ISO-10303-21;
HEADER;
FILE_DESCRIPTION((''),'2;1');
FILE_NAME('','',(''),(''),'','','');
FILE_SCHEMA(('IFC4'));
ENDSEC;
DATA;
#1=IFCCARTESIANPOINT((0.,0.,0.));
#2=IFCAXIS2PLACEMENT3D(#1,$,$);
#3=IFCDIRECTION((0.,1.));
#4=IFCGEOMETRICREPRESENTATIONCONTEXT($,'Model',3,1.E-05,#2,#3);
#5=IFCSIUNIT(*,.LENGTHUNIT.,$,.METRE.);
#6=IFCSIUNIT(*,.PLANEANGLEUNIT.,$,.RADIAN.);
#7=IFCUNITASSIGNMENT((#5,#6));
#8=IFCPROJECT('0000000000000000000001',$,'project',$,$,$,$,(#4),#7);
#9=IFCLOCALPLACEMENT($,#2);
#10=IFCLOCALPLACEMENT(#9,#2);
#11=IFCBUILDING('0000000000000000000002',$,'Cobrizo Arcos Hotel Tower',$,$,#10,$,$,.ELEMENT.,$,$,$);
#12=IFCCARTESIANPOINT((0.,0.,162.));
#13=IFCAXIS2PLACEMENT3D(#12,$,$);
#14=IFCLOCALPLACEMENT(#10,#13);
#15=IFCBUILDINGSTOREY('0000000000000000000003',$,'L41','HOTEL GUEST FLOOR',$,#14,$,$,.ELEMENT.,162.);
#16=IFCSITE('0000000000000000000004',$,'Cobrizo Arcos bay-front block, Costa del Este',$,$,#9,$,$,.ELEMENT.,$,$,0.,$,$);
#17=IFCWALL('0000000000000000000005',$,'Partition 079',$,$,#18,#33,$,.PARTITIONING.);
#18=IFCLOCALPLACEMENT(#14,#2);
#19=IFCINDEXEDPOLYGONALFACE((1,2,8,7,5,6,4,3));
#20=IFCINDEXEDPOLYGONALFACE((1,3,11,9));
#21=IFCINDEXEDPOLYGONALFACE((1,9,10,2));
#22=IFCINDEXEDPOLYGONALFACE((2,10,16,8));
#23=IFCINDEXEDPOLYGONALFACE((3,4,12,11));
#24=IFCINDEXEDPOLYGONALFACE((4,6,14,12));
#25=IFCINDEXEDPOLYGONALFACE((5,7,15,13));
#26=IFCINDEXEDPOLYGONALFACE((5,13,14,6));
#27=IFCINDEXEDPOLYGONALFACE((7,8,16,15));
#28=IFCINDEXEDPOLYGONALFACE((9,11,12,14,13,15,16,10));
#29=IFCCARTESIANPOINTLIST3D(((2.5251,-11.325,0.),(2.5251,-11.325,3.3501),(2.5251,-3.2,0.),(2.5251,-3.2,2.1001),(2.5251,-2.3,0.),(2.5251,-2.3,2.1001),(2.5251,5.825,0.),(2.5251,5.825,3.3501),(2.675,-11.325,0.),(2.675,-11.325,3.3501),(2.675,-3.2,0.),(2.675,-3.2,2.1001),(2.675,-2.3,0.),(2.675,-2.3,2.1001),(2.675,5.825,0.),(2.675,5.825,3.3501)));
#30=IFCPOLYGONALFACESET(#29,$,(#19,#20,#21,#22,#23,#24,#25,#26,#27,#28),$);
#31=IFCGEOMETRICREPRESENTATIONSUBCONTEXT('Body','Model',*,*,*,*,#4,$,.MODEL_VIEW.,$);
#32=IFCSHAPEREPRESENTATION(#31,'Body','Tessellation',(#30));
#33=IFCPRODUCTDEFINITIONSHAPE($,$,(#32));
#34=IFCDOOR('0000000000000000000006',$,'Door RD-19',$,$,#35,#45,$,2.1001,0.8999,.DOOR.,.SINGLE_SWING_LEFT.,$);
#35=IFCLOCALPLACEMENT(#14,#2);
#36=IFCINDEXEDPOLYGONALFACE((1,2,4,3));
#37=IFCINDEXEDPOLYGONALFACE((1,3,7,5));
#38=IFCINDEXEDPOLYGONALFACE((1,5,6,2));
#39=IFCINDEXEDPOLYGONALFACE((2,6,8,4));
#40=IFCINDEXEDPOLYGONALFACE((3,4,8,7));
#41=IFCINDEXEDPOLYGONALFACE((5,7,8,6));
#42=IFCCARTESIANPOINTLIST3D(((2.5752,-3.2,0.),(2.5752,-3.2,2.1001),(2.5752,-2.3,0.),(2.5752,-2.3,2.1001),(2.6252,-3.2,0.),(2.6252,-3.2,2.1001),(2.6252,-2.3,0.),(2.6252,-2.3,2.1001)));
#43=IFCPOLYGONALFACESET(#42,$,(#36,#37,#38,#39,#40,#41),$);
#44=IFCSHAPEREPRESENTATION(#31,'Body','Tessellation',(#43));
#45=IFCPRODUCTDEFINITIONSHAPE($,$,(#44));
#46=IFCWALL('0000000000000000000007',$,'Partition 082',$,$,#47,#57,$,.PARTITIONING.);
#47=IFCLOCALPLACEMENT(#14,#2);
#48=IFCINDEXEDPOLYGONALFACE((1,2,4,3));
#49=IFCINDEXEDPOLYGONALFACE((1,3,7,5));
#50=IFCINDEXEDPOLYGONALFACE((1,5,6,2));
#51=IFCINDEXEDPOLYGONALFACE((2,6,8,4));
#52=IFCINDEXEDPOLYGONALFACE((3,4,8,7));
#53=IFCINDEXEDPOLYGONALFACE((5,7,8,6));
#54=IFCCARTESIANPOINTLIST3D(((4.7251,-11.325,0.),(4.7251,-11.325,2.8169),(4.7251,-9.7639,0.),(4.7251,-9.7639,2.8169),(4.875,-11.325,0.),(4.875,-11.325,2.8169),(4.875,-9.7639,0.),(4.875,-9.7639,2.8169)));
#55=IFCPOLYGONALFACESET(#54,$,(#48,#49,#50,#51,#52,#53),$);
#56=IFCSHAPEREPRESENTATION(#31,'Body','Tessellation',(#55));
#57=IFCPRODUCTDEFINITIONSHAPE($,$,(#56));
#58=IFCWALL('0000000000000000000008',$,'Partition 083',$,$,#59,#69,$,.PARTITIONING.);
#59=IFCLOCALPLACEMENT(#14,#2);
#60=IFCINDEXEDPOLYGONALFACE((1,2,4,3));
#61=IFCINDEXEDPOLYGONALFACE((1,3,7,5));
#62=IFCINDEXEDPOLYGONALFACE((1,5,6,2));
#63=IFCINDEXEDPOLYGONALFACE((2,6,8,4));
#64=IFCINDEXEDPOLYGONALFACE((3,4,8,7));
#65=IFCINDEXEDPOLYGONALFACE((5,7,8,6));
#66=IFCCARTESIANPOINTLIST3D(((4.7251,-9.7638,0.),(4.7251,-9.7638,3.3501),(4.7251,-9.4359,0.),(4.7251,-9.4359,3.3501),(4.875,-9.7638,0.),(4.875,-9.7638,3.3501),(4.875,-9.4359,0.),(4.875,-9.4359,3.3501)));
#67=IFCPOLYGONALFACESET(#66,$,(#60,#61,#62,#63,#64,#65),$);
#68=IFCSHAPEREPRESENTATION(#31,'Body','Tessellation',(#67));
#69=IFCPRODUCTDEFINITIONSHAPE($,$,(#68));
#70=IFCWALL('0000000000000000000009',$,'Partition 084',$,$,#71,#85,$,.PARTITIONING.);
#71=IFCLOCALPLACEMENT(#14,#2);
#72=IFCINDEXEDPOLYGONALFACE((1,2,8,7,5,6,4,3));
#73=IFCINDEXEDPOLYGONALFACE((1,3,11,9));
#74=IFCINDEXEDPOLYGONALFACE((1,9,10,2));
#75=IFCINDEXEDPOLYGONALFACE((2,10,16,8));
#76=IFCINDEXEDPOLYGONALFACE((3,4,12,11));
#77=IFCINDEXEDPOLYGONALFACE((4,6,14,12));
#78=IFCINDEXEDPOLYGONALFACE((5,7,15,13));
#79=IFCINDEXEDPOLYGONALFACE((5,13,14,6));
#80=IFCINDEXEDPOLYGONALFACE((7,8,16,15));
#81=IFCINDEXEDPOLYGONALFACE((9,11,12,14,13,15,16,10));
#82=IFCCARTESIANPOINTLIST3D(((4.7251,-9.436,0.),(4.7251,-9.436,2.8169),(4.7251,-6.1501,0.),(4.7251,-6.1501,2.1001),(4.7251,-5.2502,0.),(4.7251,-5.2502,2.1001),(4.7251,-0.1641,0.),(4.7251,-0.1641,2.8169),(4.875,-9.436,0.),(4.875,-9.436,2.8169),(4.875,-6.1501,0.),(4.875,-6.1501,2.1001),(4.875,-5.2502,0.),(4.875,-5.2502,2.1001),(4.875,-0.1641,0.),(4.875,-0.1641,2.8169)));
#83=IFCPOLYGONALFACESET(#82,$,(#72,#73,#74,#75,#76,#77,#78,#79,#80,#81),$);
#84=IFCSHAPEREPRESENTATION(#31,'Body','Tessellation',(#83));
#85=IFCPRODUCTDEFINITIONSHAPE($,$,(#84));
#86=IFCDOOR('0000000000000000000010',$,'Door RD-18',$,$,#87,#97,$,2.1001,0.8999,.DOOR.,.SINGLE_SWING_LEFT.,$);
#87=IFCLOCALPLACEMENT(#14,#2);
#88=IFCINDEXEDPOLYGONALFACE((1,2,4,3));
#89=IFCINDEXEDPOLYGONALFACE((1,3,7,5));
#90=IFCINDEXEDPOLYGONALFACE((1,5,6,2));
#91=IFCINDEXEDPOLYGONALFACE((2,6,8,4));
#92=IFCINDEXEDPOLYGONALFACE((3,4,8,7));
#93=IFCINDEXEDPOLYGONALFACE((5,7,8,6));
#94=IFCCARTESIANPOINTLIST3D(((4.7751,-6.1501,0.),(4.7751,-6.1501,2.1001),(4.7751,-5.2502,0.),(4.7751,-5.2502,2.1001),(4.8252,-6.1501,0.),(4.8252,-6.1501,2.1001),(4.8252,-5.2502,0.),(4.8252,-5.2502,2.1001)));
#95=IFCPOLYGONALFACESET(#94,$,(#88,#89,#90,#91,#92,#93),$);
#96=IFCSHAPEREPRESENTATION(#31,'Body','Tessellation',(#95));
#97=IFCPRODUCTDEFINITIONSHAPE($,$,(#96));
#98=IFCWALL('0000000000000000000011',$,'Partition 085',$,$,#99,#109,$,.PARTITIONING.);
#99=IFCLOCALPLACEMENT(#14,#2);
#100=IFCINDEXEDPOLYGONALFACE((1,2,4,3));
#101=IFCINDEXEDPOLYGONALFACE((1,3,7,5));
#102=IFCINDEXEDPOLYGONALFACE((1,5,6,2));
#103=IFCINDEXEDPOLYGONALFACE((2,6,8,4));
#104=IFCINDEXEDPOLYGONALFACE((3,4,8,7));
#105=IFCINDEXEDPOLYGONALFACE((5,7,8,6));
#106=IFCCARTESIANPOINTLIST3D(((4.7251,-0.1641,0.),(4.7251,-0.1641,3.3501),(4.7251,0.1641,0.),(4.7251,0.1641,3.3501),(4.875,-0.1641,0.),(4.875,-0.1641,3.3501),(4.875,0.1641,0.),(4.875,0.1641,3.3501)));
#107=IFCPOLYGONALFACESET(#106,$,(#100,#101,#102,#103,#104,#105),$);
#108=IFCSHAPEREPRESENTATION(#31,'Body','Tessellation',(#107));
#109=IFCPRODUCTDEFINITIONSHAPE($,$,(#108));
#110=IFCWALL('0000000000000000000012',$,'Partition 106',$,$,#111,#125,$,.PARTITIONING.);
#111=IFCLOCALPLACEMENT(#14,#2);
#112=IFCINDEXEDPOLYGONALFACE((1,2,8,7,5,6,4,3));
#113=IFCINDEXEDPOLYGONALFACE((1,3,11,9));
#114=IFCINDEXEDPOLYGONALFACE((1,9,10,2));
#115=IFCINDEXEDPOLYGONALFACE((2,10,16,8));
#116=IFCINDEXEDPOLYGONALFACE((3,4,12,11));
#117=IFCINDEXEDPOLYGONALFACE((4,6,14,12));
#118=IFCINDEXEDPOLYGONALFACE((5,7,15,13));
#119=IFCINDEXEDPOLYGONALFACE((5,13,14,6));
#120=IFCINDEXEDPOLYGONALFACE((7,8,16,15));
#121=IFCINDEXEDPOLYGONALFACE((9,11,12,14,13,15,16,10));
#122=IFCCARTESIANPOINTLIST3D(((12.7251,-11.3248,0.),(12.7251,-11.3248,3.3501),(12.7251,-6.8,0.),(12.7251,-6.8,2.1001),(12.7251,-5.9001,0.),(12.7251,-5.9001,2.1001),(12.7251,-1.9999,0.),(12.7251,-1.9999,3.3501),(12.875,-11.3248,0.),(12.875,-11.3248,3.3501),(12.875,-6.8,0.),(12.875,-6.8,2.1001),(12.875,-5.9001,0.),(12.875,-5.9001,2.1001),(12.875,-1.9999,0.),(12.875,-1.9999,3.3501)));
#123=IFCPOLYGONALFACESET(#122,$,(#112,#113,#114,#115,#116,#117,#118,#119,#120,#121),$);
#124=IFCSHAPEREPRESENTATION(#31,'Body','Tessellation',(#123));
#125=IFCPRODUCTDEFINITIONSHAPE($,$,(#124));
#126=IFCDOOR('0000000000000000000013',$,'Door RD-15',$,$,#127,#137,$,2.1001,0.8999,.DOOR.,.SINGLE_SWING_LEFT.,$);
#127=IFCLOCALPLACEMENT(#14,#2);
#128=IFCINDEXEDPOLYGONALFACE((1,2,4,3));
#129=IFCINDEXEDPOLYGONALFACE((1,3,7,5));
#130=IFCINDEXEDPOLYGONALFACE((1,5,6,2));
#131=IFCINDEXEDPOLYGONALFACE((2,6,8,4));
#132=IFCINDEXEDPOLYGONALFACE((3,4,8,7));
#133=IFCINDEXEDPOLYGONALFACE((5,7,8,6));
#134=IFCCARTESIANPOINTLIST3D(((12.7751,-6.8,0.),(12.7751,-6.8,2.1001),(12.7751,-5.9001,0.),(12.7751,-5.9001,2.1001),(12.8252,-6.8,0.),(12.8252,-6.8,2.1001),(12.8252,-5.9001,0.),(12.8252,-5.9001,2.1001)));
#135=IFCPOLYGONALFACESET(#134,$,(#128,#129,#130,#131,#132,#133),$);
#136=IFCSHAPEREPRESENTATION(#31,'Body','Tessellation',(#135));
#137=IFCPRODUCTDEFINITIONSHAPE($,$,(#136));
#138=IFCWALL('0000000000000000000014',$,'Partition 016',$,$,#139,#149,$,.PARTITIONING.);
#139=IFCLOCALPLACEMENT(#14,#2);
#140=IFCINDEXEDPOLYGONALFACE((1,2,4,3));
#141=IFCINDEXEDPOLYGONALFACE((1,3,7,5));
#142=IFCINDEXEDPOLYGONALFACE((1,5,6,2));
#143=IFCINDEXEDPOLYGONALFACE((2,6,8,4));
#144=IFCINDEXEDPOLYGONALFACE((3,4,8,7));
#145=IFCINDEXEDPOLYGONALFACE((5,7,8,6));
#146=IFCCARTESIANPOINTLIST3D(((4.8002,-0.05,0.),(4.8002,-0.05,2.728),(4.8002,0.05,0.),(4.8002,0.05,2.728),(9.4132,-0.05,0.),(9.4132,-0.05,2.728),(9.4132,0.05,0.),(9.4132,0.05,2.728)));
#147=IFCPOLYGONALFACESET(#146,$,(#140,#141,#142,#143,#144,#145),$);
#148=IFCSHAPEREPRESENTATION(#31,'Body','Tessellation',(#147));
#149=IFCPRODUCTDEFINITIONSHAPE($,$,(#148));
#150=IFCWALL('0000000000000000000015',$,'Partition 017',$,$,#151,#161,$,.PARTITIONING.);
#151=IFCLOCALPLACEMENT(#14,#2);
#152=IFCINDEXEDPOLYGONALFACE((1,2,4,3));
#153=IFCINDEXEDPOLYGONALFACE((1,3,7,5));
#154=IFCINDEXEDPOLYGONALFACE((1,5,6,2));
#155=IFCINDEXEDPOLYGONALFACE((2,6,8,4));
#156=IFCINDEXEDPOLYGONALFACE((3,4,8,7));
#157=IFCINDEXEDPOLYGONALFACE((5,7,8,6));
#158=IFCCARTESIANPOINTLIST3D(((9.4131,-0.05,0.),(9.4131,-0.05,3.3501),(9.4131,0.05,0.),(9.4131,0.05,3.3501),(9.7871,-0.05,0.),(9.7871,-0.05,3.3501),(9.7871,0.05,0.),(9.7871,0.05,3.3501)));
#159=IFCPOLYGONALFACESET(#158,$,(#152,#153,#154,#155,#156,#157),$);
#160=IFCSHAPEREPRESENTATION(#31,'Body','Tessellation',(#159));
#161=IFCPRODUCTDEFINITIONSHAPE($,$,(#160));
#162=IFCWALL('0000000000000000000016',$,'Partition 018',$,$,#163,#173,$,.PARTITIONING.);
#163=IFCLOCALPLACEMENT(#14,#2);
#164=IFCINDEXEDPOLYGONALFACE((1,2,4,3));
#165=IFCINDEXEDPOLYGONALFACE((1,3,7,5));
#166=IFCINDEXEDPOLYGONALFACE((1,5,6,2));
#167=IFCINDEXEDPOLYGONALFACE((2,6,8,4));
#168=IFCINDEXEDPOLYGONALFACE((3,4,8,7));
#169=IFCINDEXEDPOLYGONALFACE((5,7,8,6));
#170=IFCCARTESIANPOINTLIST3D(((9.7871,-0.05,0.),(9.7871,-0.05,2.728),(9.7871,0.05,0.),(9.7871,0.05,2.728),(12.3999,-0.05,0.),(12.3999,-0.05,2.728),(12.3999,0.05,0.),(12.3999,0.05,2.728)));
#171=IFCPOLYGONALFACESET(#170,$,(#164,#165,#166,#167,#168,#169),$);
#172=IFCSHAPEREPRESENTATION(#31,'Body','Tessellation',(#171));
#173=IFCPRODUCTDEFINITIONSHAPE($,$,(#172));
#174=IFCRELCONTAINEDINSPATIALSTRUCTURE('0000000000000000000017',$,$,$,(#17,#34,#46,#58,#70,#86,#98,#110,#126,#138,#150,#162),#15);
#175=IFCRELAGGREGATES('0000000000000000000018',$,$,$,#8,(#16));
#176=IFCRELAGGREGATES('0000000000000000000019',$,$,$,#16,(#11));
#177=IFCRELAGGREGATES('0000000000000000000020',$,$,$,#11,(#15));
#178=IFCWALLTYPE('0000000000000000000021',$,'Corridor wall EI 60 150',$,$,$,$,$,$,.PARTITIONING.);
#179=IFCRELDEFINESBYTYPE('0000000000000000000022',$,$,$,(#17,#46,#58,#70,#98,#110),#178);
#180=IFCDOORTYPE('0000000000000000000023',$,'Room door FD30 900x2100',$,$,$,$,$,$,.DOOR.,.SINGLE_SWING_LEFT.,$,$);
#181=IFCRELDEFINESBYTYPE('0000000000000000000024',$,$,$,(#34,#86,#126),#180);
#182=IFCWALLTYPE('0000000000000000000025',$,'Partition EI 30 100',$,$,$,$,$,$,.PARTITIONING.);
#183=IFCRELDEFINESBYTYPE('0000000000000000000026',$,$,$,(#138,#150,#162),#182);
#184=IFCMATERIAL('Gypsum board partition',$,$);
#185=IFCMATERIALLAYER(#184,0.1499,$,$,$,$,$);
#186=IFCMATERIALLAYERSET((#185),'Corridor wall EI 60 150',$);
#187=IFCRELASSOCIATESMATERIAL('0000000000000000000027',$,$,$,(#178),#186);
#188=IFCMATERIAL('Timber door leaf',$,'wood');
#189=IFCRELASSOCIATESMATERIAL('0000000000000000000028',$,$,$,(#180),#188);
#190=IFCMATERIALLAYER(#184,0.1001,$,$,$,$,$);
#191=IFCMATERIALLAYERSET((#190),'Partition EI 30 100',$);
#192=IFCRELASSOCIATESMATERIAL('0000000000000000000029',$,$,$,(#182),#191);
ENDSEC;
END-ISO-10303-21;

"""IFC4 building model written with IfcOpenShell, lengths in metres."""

from ifc_helpers import new_model, si_unit, direction, frame, frame_2d, origin, place, context, subcontext, project, spatial, rectangle, extrude, material, layer, layer_set, type_object, element, fill, save


model = new_model("IFC4")

# Units and contexts
model_context = context("Model", 3, precision=1e-05, world=origin(), true_north=direction((0.0, 1.0)))
body_context = subcontext(model_context, "Body", "Model", "MODEL_VIEW")
ifc_project = project(units=[si_unit("LENGTHUNIT", "METRE"), si_unit("PLANEANGLEUNIT", "RADIAN")], contexts=[model_context])

# Site, building, storey
site_placement = place(None, origin())
site = spatial("IfcSite", under=ifc_project, at=site_placement, Name="Cobrizo Arcos bay-front block, Costa del Este", CompositionType="ELEMENT", RefElevation=0.0)
building_placement = place(site_placement, origin())
building = spatial("IfcBuilding", under=site, at=building_placement, Name="Cobrizo Arcos Hotel Tower", CompositionType="ELEMENT")
storey_placement = place(building_placement, frame((0.0, 0.0, 162.0)))
storey = spatial("IfcBuildingStorey", under=building, at=storey_placement, Name="L41", Description="HOTEL GUEST FLOOR", CompositionType="ELEMENT", Elevation=162.0)

# Shared definitions
ifc_material_1 = material(Name="Gypsum board partition")
ifc_layer_1 = layer(ifc_material_1, 0.1499)
ifc_layer_set_1 = layer_set([ifc_layer_1], Name="Corridor wall EI 60 150")
wall_type_1 = type_object("IfcWallType", Name="Corridor wall EI 60 150", PredefinedType="PARTITIONING", material=ifc_layer_set_1)

# Wall, opening, door
wall_1_placement = place(storey_placement, frame((2.6001, -11.325, 0.0), z_axis=(0.0, 0.0, 1.0), x_axis=(0.0, 1.0, 0.0)))
wall_1 = element("IfcWall", 1, at=wall_1_placement, inside=storey, type_object=wall_type_1, Name="Partition 079", PredefinedType="PARTITIONING", context=body_context, shape_type="SweptSolid", body=[
    extrude(rectangle(XDim=17.1499, YDim=0.1499, at=frame_2d((8.575, 0.0))), origin(), (0.0, 0.0, 1.0), 3.3501),
])
opening_1_placement = place(wall_1_placement, frame((8.125, 0.0, 0.0)))
opening_1 = element("IfcOpeningElement", 2, at=opening_1_placement, cuts=wall_1, PredefinedType="OPENING", context=body_context, shape_type="SweptSolid", body=[
    extrude(rectangle(XDim=0.8999, YDim=2.1001, at=frame_2d((0.45, 1.05))), frame((0.0, 0.0869, 0.0), z_axis=(0.0, -1.0, 0.0), x_axis=(1.0, 0.0, 0.0)), (0.0, 0.0, 1.0), 0.1738),
])
ifc_material_2 = material(Name="Timber door leaf", Category="wood")
door_type_1 = type_object("IfcDoorType", Name="Room door FD30 900x2100", OperationType="SINGLE_SWING_LEFT", PredefinedType="DOOR", material=ifc_material_2)
door_1_placement = place(opening_1_placement, origin())
door_1 = element("IfcDoor", 3, at=door_1_placement, inside=storey, type_object=door_type_1, Name="Door RD-19", OperationType="SINGLE_SWING_LEFT", OverallHeight=2.1001, OverallWidth=0.8999, PredefinedType="DOOR", context=body_context, shape_type="SweptSolid", body=[
    extrude(rectangle(XDim=0.8999, YDim=2.1001, at=frame_2d((0.45, 1.05))), frame((0.0, 0.0249, 0.0), z_axis=(0.0, -1.0, 0.0), x_axis=(1.0, 0.0, 0.0)), (0.0, 0.0, 1.0), 0.05),
])
fill(opening_1, door_1)

# Walls
wall_2_placement = place(storey_placement, frame((4.8, -11.325, 0.0), z_axis=(0.0, 0.0, 1.0), x_axis=(0.0, 1.0, 0.0)))
element("IfcWall", 4, at=wall_2_placement, inside=storey, type_object=wall_type_1, Name="Partition 082", PredefinedType="PARTITIONING", context=body_context, shape_type="SweptSolid", body=[
    extrude(rectangle(XDim=1.561, YDim=0.1499, at=frame_2d((0.7805, 0.0))), origin(), (0.0, 0.0, 1.0), 2.8169),
])
wall_3_placement = place(storey_placement, frame((4.8, -9.7639, 0.0), z_axis=(0.0, 0.0, 1.0), x_axis=(0.0, 1.0, 0.0)))
element("IfcWall", 5, at=wall_3_placement, inside=storey, type_object=wall_type_1, Name="Partition 083", PredefinedType="PARTITIONING", context=body_context, shape_type="SweptSolid", body=[
    extrude(rectangle(XDim=0.3279, YDim=0.1499, at=frame_2d((0.1641, 0.0))), origin(), (0.0, 0.0, 1.0), 3.3501),
])

# Wall, opening, door
wall_4_placement = place(storey_placement, frame((4.8, -9.436, 0.0), z_axis=(0.0, 0.0, 1.0), x_axis=(0.0, 1.0, 0.0)))
wall_4 = element("IfcWall", 6, at=wall_4_placement, inside=storey, type_object=wall_type_1, Name="Partition 084", PredefinedType="PARTITIONING", context=body_context, shape_type="SweptSolid", body=[
    extrude(rectangle(XDim=9.272, YDim=0.1499, at=frame_2d((4.636, 0.0))), origin(), (0.0, 0.0, 1.0), 2.8169),
])
opening_2_placement = place(wall_4_placement, frame((3.2859, 0.0, 0.0)))
opening_2 = element("IfcOpeningElement", 7, at=opening_2_placement, cuts=wall_4, PredefinedType="OPENING", context=body_context, shape_type="SweptSolid", body=[
    extrude(rectangle(XDim=0.8999, YDim=2.1001, at=frame_2d((0.45, 1.05))), frame((0.0, 0.0869, 0.0), z_axis=(0.0, -1.0, 0.0), x_axis=(1.0, 0.0, 0.0)), (0.0, 0.0, 1.0), 0.1738),
])
door_2_placement = place(opening_2_placement, origin())
door_2 = element("IfcDoor", 8, at=door_2_placement, inside=storey, type_object=door_type_1, Name="Door RD-18", OperationType="SINGLE_SWING_LEFT", OverallHeight=2.1001, OverallWidth=0.8999, PredefinedType="DOOR", context=body_context, shape_type="SweptSolid", body=[
    extrude(rectangle(XDim=0.8999, YDim=2.1001, at=frame_2d((0.45, 1.05))), frame((0.0, 0.0249, 0.0), z_axis=(0.0, -1.0, 0.0), x_axis=(1.0, 0.0, 0.0)), (0.0, 0.0, 1.0), 0.05),
])
fill(opening_2, door_2)

# Wall
wall_5_placement = place(storey_placement, frame((4.8, -0.1641, 0.0), z_axis=(0.0, 0.0, 1.0), x_axis=(0.0, 1.0, 0.0)))
element("IfcWall", 9, at=wall_5_placement, inside=storey, type_object=wall_type_1, Name="Partition 085", PredefinedType="PARTITIONING", context=body_context, shape_type="SweptSolid", body=[
    extrude(rectangle(XDim=0.3281, YDim=0.1499, at=frame_2d((0.1641, 0.0))), origin(), (0.0, 0.0, 1.0), 3.3501),
])

# Wall, opening, door
wall_6_placement = place(storey_placement, frame((12.8, -11.325, 0.0), z_axis=(0.0, 0.0, 1.0), x_axis=(0.0, 1.0, 0.0)))
wall_6 = element("IfcWall", 10, at=wall_6_placement, inside=storey, type_object=wall_type_1, Name="Partition 106", PredefinedType="PARTITIONING", context=body_context, shape_type="SweptSolid", body=[
    extrude(rectangle(XDim=9.325, YDim=0.1499, at=frame_2d((4.6626, 0.0))), origin(), (0.0, 0.0, 1.0), 3.3501),
])
opening_3_placement = place(wall_6_placement, frame((4.5249, 0.0, 0.0)))
opening_3 = element("IfcOpeningElement", 11, at=opening_3_placement, cuts=wall_6, PredefinedType="OPENING", context=body_context, shape_type="SweptSolid", body=[
    extrude(rectangle(XDim=0.8999, YDim=2.1001, at=frame_2d((0.45, 1.05))), frame((0.0, 0.0869, 0.0), z_axis=(0.0, -1.0, 0.0), x_axis=(1.0, 0.0, 0.0)), (0.0, 0.0, 1.0), 0.1738),
])
door_3_placement = place(opening_3_placement, origin())
door_3 = element("IfcDoor", 12, at=door_3_placement, inside=storey, type_object=door_type_1, Name="Door RD-15", OperationType="SINGLE_SWING_LEFT", OverallHeight=2.1001, OverallWidth=0.8999, PredefinedType="DOOR", context=body_context, shape_type="SweptSolid", body=[
    extrude(rectangle(XDim=0.8999, YDim=2.1001, at=frame_2d((0.45, 1.05))), frame((0.0, 0.0249, 0.0), z_axis=(0.0, -1.0, 0.0), x_axis=(1.0, 0.0, 0.0)), (0.0, 0.0, 1.0), 0.05),
])
fill(opening_3, door_3)

# Walls
ifc_layer_2 = layer(ifc_material_1, 0.1001)
ifc_layer_set_2 = layer_set([ifc_layer_2], Name="Partition EI 30 100")
wall_type_2 = type_object("IfcWallType", Name="Partition EI 30 100", PredefinedType="PARTITIONING", material=ifc_layer_set_2)
wall_7_placement = place(storey_placement, frame((4.8, 0.0, 0.0), z_axis=(0.0, 0.0, 1.0), x_axis=(1.0, 0.0, 0.0)))
element("IfcWall", 13, at=wall_7_placement, inside=storey, type_object=wall_type_2, Name="Partition 016", PredefinedType="PARTITIONING", context=body_context, shape_type="SweptSolid", body=[
    extrude(rectangle(XDim=4.613, YDim=0.1001, at=frame_2d((2.3066, 0.0))), origin(), (0.0, 0.0, 1.0), 2.728),
])
wall_8_placement = place(storey_placement, frame((9.4131, 0.0, 0.0), z_axis=(0.0, 0.0, 1.0), x_axis=(1.0, 0.0, 0.0)))
element("IfcWall", 14, at=wall_8_placement, inside=storey, type_object=wall_type_2, Name="Partition 017", PredefinedType="PARTITIONING", context=body_context, shape_type="SweptSolid", body=[
    extrude(rectangle(XDim=0.374, YDim=0.1001, at=frame_2d((0.187, 0.0))), origin(), (0.0, 0.0, 1.0), 3.3501),
])
wall_9_placement = place(storey_placement, frame((9.7871, 0.0, 0.0), z_axis=(0.0, 0.0, 1.0), x_axis=(1.0, 0.0, 0.0)))
element("IfcWall", 15, at=wall_9_placement, inside=storey, type_object=wall_type_2, Name="Partition 018", PredefinedType="PARTITIONING", context=body_context, shape_type="SweptSolid", body=[
    extrude(rectangle(XDim=2.6128, YDim=0.1001, at=frame_2d((1.3064, 0.0))), origin(), (0.0, 0.0, 1.0), 2.728),
])

save(model, "model.ifc")
